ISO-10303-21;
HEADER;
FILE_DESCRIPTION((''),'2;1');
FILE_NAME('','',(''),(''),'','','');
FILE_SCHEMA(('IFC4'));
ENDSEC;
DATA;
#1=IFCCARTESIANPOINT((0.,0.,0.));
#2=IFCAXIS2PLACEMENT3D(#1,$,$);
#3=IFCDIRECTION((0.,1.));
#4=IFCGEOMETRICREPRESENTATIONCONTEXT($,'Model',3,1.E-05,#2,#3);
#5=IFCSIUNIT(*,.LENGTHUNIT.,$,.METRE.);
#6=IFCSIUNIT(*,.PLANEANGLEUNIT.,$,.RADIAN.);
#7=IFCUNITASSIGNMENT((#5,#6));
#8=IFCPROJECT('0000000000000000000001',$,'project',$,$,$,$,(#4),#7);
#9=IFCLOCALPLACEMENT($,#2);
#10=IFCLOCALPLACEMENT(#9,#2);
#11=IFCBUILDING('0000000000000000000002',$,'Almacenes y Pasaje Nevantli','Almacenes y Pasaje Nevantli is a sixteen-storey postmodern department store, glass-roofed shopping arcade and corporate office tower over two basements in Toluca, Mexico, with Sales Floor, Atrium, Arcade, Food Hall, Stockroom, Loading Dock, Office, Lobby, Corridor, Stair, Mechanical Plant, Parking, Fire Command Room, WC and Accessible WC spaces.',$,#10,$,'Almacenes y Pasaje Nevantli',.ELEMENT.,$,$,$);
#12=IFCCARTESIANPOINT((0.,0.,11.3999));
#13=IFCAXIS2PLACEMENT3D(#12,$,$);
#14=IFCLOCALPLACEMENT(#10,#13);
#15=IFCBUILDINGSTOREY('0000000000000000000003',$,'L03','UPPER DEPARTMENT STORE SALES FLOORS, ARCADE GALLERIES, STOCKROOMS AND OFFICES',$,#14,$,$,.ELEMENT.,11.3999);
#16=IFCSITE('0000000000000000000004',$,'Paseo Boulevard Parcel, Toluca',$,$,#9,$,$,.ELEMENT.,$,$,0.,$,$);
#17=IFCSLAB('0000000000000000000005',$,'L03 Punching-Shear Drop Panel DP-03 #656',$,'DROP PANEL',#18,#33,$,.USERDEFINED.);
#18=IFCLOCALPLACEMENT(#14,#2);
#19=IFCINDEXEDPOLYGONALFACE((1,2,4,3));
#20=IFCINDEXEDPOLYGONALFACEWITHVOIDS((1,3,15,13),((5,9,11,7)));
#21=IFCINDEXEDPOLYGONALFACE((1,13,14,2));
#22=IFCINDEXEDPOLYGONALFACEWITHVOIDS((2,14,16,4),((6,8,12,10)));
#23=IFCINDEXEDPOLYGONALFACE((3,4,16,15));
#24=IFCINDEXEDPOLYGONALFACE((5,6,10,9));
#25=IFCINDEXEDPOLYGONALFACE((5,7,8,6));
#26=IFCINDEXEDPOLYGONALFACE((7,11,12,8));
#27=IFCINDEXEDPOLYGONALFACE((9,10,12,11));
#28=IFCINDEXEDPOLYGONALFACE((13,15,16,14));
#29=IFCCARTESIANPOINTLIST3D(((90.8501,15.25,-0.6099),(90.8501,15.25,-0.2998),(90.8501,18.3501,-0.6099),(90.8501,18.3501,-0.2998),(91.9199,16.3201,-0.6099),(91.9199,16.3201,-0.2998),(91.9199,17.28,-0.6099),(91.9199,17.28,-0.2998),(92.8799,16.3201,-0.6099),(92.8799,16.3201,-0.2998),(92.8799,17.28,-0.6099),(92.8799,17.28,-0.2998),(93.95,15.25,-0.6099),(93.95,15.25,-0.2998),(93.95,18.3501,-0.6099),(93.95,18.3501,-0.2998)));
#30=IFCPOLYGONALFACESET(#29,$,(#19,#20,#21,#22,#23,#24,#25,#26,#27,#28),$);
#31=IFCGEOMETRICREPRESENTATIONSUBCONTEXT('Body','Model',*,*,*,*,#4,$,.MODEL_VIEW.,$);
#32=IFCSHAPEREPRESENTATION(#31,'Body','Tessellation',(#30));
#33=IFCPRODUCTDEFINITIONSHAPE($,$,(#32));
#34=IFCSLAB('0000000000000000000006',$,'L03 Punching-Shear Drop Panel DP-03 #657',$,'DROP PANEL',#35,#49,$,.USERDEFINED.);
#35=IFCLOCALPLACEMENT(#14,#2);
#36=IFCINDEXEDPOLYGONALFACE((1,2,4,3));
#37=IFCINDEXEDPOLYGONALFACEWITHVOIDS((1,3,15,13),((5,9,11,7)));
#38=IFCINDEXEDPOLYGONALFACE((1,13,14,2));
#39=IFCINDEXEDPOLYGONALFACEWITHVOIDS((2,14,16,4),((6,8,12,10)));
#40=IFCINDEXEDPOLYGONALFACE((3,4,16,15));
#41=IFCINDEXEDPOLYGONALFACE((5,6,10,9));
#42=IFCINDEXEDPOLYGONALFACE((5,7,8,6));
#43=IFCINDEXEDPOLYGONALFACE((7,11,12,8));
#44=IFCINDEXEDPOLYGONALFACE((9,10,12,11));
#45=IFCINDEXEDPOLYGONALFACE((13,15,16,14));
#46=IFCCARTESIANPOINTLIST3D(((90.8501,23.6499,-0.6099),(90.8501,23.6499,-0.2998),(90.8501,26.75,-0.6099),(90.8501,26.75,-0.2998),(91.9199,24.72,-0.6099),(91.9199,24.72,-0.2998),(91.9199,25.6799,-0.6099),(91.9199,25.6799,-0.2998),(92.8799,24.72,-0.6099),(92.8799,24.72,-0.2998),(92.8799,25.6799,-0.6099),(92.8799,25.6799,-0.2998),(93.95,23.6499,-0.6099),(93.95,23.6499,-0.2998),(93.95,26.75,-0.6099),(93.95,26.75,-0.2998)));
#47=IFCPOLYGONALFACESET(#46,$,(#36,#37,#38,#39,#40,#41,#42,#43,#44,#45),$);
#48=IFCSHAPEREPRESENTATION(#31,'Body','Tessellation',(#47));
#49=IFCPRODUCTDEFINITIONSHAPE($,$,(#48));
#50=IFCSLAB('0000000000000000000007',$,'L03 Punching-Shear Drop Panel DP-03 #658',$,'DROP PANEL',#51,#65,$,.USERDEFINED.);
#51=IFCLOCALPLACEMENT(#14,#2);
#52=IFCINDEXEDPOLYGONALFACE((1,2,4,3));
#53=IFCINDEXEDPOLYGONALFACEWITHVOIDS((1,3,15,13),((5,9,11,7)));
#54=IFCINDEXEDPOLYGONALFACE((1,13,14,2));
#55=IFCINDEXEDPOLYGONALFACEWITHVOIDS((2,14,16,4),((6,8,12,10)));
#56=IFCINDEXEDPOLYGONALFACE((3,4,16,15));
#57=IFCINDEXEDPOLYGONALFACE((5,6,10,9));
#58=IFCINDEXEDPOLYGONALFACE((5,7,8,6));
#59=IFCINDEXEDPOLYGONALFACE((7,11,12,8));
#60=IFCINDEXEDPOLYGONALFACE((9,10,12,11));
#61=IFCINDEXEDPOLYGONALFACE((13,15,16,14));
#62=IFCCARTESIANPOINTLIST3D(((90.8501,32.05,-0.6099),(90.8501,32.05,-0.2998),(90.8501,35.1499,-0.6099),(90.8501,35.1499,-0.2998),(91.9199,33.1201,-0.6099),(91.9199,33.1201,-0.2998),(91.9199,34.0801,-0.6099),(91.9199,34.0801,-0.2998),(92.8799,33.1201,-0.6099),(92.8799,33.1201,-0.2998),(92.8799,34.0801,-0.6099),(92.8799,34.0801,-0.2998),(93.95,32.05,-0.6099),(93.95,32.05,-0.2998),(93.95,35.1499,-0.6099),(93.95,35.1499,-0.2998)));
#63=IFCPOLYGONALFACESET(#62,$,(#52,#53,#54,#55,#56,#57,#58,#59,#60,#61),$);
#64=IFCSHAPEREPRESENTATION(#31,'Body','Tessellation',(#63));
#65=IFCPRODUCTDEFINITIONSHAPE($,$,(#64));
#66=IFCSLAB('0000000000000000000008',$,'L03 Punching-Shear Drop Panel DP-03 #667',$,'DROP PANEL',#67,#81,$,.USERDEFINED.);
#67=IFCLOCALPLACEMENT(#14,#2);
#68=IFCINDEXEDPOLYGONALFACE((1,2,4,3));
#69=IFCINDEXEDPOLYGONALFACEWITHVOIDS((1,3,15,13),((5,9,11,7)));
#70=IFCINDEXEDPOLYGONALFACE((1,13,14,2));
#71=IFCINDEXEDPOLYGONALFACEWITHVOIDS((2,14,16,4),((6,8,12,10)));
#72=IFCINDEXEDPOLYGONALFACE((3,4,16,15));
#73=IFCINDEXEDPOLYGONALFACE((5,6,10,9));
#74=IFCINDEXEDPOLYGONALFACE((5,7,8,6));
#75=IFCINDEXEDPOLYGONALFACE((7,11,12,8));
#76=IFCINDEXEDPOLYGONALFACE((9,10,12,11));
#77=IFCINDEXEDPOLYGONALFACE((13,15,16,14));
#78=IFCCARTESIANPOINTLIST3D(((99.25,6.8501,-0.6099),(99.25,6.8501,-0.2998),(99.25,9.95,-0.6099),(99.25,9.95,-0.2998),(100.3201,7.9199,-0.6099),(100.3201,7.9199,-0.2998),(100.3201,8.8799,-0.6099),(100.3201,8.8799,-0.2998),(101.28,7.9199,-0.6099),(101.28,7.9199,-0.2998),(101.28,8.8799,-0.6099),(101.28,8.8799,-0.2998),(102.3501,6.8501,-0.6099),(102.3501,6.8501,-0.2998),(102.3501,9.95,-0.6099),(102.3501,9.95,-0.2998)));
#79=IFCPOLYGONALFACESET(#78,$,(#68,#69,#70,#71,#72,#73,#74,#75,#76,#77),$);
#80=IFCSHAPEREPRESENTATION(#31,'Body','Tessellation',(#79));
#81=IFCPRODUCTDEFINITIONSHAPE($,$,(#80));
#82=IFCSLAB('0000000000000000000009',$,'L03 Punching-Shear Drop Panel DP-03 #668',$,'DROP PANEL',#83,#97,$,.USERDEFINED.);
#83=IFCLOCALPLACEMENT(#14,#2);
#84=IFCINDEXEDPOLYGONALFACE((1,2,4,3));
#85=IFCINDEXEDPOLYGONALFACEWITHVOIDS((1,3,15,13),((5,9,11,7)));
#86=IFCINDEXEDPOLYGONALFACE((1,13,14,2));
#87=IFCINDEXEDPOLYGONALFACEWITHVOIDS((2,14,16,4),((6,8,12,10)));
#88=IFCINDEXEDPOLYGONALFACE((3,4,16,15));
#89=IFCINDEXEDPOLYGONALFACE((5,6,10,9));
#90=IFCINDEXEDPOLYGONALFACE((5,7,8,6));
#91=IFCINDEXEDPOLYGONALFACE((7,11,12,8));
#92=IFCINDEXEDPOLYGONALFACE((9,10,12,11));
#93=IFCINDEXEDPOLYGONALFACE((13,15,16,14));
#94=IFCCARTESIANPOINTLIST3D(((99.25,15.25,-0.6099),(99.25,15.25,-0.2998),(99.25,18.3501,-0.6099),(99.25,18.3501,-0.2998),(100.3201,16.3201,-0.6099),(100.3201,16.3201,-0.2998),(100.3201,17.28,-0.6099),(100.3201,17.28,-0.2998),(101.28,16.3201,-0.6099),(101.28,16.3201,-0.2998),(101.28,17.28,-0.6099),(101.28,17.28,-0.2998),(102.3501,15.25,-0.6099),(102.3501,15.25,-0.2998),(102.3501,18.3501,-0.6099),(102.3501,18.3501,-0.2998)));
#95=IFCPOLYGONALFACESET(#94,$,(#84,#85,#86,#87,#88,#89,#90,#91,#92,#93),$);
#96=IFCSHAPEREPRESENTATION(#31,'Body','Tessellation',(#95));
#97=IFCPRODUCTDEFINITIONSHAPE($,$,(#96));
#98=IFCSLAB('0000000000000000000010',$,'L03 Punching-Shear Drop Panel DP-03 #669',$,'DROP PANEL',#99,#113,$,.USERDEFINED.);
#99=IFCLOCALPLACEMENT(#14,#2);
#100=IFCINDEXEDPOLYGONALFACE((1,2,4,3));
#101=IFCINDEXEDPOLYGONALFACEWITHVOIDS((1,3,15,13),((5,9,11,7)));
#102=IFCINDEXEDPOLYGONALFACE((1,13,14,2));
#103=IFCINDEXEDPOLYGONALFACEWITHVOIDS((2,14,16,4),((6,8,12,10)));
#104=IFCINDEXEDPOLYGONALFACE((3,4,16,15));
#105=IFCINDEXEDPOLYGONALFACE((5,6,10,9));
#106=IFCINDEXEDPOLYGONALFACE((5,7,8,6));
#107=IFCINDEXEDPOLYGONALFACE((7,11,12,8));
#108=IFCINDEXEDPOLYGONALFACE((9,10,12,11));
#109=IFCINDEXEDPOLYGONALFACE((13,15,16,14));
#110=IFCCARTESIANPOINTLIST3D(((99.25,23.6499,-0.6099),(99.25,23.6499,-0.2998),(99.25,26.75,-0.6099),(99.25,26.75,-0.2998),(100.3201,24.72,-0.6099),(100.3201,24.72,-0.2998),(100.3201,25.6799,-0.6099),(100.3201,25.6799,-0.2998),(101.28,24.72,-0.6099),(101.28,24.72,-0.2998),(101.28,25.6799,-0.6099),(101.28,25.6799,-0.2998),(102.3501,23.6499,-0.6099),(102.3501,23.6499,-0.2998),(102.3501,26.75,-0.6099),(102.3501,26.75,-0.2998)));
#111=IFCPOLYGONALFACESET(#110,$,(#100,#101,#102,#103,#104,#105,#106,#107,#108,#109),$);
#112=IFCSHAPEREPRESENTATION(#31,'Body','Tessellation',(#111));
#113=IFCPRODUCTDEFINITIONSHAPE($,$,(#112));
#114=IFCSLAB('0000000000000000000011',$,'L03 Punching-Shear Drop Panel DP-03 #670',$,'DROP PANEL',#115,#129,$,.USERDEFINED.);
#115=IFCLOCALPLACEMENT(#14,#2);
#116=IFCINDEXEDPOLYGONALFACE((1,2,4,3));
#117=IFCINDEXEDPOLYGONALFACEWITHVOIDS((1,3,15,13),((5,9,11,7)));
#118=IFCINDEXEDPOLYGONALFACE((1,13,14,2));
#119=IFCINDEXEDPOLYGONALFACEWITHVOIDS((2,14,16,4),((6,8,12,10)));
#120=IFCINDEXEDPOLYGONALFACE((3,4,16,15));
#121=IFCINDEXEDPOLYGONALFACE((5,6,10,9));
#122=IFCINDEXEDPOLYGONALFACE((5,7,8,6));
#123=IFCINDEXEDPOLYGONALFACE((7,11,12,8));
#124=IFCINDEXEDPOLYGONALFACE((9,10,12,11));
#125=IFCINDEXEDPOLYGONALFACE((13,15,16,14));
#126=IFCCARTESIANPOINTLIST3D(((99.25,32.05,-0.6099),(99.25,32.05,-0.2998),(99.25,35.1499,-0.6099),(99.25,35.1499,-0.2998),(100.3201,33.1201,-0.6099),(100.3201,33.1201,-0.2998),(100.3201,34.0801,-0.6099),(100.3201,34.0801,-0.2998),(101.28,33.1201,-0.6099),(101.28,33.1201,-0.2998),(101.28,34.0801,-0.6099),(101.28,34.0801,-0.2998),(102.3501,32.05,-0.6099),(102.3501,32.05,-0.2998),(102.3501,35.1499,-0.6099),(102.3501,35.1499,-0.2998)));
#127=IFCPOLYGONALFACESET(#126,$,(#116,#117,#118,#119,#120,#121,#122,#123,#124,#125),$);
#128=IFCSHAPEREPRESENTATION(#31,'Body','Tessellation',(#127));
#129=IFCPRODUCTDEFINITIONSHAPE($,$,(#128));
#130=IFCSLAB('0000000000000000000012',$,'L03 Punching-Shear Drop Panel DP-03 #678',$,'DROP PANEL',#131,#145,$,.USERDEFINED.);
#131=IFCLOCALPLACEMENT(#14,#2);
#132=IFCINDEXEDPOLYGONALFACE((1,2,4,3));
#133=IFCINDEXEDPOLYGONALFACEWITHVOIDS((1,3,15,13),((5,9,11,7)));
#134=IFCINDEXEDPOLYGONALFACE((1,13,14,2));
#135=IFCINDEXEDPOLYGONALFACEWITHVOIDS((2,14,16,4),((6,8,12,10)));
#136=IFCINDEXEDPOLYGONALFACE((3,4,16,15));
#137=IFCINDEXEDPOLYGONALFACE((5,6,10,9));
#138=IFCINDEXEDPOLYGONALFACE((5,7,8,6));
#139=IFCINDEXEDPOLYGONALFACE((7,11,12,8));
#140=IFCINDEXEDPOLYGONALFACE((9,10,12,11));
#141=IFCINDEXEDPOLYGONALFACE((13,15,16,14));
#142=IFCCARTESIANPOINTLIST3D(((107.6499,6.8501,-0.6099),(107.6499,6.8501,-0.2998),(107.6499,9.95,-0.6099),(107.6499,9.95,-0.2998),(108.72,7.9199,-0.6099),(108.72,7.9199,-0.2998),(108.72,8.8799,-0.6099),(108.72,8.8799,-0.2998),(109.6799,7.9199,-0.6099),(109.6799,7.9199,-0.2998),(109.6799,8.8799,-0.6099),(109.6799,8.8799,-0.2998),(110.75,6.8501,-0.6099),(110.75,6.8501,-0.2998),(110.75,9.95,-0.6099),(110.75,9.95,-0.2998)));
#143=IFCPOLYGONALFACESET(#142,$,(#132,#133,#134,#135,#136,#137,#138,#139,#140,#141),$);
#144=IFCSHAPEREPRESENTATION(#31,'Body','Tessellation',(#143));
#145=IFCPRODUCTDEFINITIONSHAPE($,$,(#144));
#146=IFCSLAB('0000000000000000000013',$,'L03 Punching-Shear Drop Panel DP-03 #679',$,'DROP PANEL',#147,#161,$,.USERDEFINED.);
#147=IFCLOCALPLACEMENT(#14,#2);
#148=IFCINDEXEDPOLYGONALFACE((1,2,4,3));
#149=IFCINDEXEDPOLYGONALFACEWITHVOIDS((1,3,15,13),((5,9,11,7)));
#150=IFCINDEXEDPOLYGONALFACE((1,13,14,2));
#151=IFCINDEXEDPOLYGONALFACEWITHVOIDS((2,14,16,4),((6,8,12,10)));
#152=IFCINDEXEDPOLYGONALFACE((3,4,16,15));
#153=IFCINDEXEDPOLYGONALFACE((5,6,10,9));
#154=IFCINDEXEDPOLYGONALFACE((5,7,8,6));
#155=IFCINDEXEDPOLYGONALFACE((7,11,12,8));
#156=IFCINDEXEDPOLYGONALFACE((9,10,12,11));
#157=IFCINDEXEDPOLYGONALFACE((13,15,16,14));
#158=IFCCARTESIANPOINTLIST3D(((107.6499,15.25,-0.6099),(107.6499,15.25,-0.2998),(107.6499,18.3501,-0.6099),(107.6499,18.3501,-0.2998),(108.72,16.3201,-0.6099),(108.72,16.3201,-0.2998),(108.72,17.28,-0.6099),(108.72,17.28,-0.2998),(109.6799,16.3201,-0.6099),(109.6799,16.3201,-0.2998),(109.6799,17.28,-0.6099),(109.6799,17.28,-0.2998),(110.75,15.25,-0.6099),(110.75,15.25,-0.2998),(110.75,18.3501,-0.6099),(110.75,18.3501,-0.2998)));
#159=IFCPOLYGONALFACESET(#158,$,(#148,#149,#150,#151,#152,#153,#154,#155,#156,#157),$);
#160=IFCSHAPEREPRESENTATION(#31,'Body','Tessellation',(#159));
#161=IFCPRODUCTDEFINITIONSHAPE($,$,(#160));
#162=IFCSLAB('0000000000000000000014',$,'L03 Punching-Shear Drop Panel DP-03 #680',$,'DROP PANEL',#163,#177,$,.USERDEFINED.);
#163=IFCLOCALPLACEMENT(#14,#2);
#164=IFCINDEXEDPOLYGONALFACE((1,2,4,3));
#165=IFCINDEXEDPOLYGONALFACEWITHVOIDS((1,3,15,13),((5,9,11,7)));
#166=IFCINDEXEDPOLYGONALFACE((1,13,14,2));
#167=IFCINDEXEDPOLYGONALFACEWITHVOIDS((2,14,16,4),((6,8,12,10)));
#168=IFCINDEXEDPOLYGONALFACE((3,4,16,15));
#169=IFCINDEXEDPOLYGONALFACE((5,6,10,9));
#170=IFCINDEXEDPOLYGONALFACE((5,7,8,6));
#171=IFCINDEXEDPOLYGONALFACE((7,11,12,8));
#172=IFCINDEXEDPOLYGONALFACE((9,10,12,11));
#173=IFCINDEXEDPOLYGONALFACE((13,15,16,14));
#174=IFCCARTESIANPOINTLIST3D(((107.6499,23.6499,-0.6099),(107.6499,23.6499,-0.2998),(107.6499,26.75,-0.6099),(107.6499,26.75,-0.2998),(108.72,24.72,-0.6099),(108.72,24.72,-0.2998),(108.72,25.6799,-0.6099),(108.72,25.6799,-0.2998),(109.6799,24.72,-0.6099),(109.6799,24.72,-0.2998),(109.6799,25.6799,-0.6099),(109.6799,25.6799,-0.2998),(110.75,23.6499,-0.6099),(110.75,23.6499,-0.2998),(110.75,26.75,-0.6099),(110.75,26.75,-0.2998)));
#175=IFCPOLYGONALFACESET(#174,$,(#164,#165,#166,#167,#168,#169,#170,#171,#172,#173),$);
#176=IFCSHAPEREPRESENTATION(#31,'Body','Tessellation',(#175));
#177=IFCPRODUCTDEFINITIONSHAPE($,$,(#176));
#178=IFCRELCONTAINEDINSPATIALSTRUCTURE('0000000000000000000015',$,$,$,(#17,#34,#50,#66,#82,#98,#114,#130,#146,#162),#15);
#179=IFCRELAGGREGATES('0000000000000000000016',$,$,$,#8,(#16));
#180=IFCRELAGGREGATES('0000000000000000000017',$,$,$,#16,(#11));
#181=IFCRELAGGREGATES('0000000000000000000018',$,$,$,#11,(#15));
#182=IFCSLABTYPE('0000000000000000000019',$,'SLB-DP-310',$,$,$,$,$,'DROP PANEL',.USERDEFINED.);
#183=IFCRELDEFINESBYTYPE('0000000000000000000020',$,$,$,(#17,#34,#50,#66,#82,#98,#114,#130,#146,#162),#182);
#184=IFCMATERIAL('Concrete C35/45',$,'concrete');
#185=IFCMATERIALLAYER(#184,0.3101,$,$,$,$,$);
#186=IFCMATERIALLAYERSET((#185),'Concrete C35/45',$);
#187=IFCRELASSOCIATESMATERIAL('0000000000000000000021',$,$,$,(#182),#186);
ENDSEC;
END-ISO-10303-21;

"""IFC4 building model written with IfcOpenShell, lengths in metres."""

from ifc_helpers import new_model, si_unit, direction, frame, origin, place, context, subcontext, project, spatial, polyline, outline, extrude, material, layer, layer_set, type_object, element, save


model = new_model("IFC4")

# Units and contexts
model_context = context("Model", 3, precision=1e-05, world=origin(), true_north=direction((0.0, 1.0)))
body_context = subcontext(model_context, "Body", "Model", "MODEL_VIEW")
ifc_project = project(units=[si_unit("LENGTHUNIT", "METRE"), si_unit("PLANEANGLEUNIT", "RADIAN")], contexts=[model_context])

# Site, building, storey
site_placement = place(None, origin())
site = spatial("IfcSite", under=ifc_project, at=site_placement, Name="Paseo Boulevard Parcel, Toluca", CompositionType="ELEMENT", RefElevation=0.0)
building_placement = place(site_placement, origin())
building = spatial("IfcBuilding", under=site, at=building_placement, Name="Almacenes y Pasaje Nevantli", Description="Almacenes y Pasaje Nevantli is a sixteen-storey postmodern department store, glass-roofed shopping arcade and corporate office tower over two basements in Toluca, Mexico, with Sales Floor, Atrium, Arcade, Food Hall, Stockroom, Loading Dock, Office, Lobby, Corridor, Stair, Mechanical Plant, Parking, Fire Command Room, WC and Accessible WC spaces.", LongName="Almacenes y Pasaje Nevantli", CompositionType="ELEMENT")
storey_placement = place(building_placement, frame((0.0, 0.0, 11.3999)))
storey = spatial("IfcBuildingStorey", under=building, at=storey_placement, Name="L03", Description="UPPER DEPARTMENT STORE SALES FLOORS, ARCADE GALLERIES, STOCKROOMS AND OFFICES", CompositionType="ELEMENT", Elevation=11.3999)

# Slabs
ifc_material_1 = material(Name="Concrete C35/45", Category="concrete")
ifc_layer_1 = layer(ifc_material_1, 0.3101)
ifc_layer_set_1 = layer_set([ifc_layer_1], Name="Concrete C35/45")
slab_type_1 = type_object("IfcSlabType", Name="SLB-DP-310", ElementType="DROP PANEL", PredefinedType="USERDEFINED", material=ifc_layer_set_1)
slab_1_placement = place(storey_placement, frame((0.0, 0.0, -0.6099)))
element("IfcSlab", 1, at=slab_1_placement, inside=storey, type_object=slab_type_1, Name="L03 Punching-Shear Drop Panel DP-03 #656", ObjectType="DROP PANEL", PredefinedType="USERDEFINED", context=body_context, shape_type="SweptSolid", body=[
    extrude(outline(polyline([(90.8501, 15.25), (93.95, 15.25), (93.95, 18.3501), (90.8501, 18.3501), (90.8501, 15.25)]), holes=[polyline([(91.9199, 16.3201), (92.8799, 16.3201), (92.8799, 17.28), (91.9199, 17.28), (91.9199, 16.3201)])]), origin(), (0.0, 0.0, 1.0), 0.3101),
])
slab_2_placement = place(storey_placement, frame((0.0, 0.0, -0.6099)))
element("IfcSlab", 2, at=slab_2_placement, inside=storey, type_object=slab_type_1, Name="L03 Punching-Shear Drop Panel DP-03 #657", ObjectType="DROP PANEL", PredefinedType="USERDEFINED", context=body_context, shape_type="SweptSolid", body=[
    extrude(outline(polyline([(90.8501, 23.6499), (93.95, 23.6499), (93.95, 26.75), (90.8501, 26.75), (90.8501, 23.6499)]), holes=[polyline([(91.9199, 24.72), (92.8799, 24.72), (92.8799, 25.6799), (91.9199, 25.6799), (91.9199, 24.72)])]), origin(), (0.0, 0.0, 1.0), 0.3101),
])
slab_3_placement = place(storey_placement, frame((0.0, 0.0, -0.6099)))
element("IfcSlab", 3, at=slab_3_placement, inside=storey, type_object=slab_type_1, Name="L03 Punching-Shear Drop Panel DP-03 #658", ObjectType="DROP PANEL", PredefinedType="USERDEFINED", context=body_context, shape_type="SweptSolid", body=[
    extrude(outline(polyline([(90.8501, 32.05), (93.95, 32.05), (93.95, 35.1499), (90.8501, 35.1499), (90.8501, 32.05)]), holes=[polyline([(91.9199, 33.1201), (92.8799, 33.1201), (92.8799, 34.0801), (91.9199, 34.0801), (91.9199, 33.1201)])]), origin(), (0.0, 0.0, 1.0), 0.3101),
])
slab_4_placement = place(storey_placement, frame((0.0, 0.0, -0.6099)))
element("IfcSlab", 4, at=slab_4_placement, inside=storey, type_object=slab_type_1, Name="L03 Punching-Shear Drop Panel DP-03 #667", ObjectType="DROP PANEL", PredefinedType="USERDEFINED", context=body_context, shape_type="SweptSolid", body=[
    extrude(outline(polyline([(99.25, 6.8501), (102.3501, 6.8501), (102.3501, 9.95), (99.25, 9.95), (99.25, 6.8501)]), holes=[polyline([(100.3201, 7.9199), (101.28, 7.9199), (101.28, 8.8799), (100.3201, 8.8799), (100.3201, 7.9199)])]), origin(), (0.0, 0.0, 1.0), 0.3101),
])
slab_5_placement = place(storey_placement, frame((0.0, 0.0, -0.6099)))
element("IfcSlab", 5, at=slab_5_placement, inside=storey, type_object=slab_type_1, Name="L03 Punching-Shear Drop Panel DP-03 #668", ObjectType="DROP PANEL", PredefinedType="USERDEFINED", context=body_context, shape_type="SweptSolid", body=[
    extrude(outline(polyline([(99.25, 15.25), (102.3501, 15.25), (102.3501, 18.3501), (99.25, 18.3501), (99.25, 15.25)]), holes=[polyline([(100.3201, 16.3201), (101.28, 16.3201), (101.28, 17.28), (100.3201, 17.28), (100.3201, 16.3201)])]), origin(), (0.0, 0.0, 1.0), 0.3101),
])
slab_6_placement = place(storey_placement, frame((0.0, 0.0, -0.6099)))
element("IfcSlab", 6, at=slab_6_placement, inside=storey, type_object=slab_type_1, Name="L03 Punching-Shear Drop Panel DP-03 #669", ObjectType="DROP PANEL", PredefinedType="USERDEFINED", context=body_context, shape_type="SweptSolid", body=[
    extrude(outline(polyline([(99.25, 23.6499), (102.3501, 23.6499), (102.3501, 26.75), (99.25, 26.75), (99.25, 23.6499)]), holes=[polyline([(100.3201, 24.72), (101.28, 24.72), (101.28, 25.6799), (100.3201, 25.6799), (100.3201, 24.72)])]), origin(), (0.0, 0.0, 1.0), 0.3101),
])
slab_7_placement = place(storey_placement, frame((0.0, 0.0, -0.6099)))
element("IfcSlab", 7, at=slab_7_placement, inside=storey, type_object=slab_type_1, Name="L03 Punching-Shear Drop Panel DP-03 #670", ObjectType="DROP PANEL", PredefinedType="USERDEFINED", context=body_context, shape_type="SweptSolid", body=[
    extrude(outline(polyline([(99.25, 32.05), (102.3501, 32.05), (102.3501, 35.1499), (99.25, 35.1499), (99.25, 32.05)]), holes=[polyline([(100.3201, 33.1201), (101.28, 33.1201), (101.28, 34.0801), (100.3201, 34.0801), (100.3201, 33.1201)])]), origin(), (0.0, 0.0, 1.0), 0.3101),
])
slab_8_placement = place(storey_placement, frame((0.0, 0.0, -0.6099)))
element("IfcSlab", 8, at=slab_8_placement, inside=storey, type_object=slab_type_1, Name="L03 Punching-Shear Drop Panel DP-03 #678", ObjectType="DROP PANEL", PredefinedType="USERDEFINED", context=body_context, shape_type="SweptSolid", body=[
    extrude(outline(polyline([(107.6499, 6.8501), (110.75, 6.8501), (110.75, 9.95), (107.6499, 9.95), (107.6499, 6.8501)]), holes=[polyline([(108.72, 7.9199), (109.6799, 7.9199), (109.6799, 8.8799), (108.72, 8.8799), (108.72, 7.9199)])]), origin(), (0.0, 0.0, 1.0), 0.3101),
])
slab_9_placement = place(storey_placement, frame((0.0, 0.0, -0.6099)))
element("IfcSlab", 9, at=slab_9_placement, inside=storey, type_object=slab_type_1, Name="L03 Punching-Shear Drop Panel DP-03 #679", ObjectType="DROP PANEL", PredefinedType="USERDEFINED", context=body_context, shape_type="SweptSolid", body=[
    extrude(outline(polyline([(107.6499, 15.25), (110.75, 15.25), (110.75, 18.3501), (107.6499, 18.3501), (107.6499, 15.25)]), holes=[polyline([(108.72, 16.3201), (109.6799, 16.3201), (109.6799, 17.28), (108.72, 17.28), (108.72, 16.3201)])]), origin(), (0.0, 0.0, 1.0), 0.3101),
])
slab_10_placement = place(storey_placement, frame((0.0, 0.0, -0.6099)))
element("IfcSlab", 10, at=slab_10_placement, inside=storey, type_object=slab_type_1, Name="L03 Punching-Shear Drop Panel DP-03 #680", ObjectType="DROP PANEL", PredefinedType="USERDEFINED", context=body_context, shape_type="SweptSolid", body=[
    extrude(outline(polyline([(107.6499, 23.6499), (110.75, 23.6499), (110.75, 26.75), (107.6499, 26.75), (107.6499, 23.6499)]), holes=[polyline([(108.72, 24.72), (109.6799, 24.72), (109.6799, 25.6799), (108.72, 25.6799), (108.72, 24.72)])]), origin(), (0.0, 0.0, 1.0), 0.3101),
])

save(model, "model.ifc")
